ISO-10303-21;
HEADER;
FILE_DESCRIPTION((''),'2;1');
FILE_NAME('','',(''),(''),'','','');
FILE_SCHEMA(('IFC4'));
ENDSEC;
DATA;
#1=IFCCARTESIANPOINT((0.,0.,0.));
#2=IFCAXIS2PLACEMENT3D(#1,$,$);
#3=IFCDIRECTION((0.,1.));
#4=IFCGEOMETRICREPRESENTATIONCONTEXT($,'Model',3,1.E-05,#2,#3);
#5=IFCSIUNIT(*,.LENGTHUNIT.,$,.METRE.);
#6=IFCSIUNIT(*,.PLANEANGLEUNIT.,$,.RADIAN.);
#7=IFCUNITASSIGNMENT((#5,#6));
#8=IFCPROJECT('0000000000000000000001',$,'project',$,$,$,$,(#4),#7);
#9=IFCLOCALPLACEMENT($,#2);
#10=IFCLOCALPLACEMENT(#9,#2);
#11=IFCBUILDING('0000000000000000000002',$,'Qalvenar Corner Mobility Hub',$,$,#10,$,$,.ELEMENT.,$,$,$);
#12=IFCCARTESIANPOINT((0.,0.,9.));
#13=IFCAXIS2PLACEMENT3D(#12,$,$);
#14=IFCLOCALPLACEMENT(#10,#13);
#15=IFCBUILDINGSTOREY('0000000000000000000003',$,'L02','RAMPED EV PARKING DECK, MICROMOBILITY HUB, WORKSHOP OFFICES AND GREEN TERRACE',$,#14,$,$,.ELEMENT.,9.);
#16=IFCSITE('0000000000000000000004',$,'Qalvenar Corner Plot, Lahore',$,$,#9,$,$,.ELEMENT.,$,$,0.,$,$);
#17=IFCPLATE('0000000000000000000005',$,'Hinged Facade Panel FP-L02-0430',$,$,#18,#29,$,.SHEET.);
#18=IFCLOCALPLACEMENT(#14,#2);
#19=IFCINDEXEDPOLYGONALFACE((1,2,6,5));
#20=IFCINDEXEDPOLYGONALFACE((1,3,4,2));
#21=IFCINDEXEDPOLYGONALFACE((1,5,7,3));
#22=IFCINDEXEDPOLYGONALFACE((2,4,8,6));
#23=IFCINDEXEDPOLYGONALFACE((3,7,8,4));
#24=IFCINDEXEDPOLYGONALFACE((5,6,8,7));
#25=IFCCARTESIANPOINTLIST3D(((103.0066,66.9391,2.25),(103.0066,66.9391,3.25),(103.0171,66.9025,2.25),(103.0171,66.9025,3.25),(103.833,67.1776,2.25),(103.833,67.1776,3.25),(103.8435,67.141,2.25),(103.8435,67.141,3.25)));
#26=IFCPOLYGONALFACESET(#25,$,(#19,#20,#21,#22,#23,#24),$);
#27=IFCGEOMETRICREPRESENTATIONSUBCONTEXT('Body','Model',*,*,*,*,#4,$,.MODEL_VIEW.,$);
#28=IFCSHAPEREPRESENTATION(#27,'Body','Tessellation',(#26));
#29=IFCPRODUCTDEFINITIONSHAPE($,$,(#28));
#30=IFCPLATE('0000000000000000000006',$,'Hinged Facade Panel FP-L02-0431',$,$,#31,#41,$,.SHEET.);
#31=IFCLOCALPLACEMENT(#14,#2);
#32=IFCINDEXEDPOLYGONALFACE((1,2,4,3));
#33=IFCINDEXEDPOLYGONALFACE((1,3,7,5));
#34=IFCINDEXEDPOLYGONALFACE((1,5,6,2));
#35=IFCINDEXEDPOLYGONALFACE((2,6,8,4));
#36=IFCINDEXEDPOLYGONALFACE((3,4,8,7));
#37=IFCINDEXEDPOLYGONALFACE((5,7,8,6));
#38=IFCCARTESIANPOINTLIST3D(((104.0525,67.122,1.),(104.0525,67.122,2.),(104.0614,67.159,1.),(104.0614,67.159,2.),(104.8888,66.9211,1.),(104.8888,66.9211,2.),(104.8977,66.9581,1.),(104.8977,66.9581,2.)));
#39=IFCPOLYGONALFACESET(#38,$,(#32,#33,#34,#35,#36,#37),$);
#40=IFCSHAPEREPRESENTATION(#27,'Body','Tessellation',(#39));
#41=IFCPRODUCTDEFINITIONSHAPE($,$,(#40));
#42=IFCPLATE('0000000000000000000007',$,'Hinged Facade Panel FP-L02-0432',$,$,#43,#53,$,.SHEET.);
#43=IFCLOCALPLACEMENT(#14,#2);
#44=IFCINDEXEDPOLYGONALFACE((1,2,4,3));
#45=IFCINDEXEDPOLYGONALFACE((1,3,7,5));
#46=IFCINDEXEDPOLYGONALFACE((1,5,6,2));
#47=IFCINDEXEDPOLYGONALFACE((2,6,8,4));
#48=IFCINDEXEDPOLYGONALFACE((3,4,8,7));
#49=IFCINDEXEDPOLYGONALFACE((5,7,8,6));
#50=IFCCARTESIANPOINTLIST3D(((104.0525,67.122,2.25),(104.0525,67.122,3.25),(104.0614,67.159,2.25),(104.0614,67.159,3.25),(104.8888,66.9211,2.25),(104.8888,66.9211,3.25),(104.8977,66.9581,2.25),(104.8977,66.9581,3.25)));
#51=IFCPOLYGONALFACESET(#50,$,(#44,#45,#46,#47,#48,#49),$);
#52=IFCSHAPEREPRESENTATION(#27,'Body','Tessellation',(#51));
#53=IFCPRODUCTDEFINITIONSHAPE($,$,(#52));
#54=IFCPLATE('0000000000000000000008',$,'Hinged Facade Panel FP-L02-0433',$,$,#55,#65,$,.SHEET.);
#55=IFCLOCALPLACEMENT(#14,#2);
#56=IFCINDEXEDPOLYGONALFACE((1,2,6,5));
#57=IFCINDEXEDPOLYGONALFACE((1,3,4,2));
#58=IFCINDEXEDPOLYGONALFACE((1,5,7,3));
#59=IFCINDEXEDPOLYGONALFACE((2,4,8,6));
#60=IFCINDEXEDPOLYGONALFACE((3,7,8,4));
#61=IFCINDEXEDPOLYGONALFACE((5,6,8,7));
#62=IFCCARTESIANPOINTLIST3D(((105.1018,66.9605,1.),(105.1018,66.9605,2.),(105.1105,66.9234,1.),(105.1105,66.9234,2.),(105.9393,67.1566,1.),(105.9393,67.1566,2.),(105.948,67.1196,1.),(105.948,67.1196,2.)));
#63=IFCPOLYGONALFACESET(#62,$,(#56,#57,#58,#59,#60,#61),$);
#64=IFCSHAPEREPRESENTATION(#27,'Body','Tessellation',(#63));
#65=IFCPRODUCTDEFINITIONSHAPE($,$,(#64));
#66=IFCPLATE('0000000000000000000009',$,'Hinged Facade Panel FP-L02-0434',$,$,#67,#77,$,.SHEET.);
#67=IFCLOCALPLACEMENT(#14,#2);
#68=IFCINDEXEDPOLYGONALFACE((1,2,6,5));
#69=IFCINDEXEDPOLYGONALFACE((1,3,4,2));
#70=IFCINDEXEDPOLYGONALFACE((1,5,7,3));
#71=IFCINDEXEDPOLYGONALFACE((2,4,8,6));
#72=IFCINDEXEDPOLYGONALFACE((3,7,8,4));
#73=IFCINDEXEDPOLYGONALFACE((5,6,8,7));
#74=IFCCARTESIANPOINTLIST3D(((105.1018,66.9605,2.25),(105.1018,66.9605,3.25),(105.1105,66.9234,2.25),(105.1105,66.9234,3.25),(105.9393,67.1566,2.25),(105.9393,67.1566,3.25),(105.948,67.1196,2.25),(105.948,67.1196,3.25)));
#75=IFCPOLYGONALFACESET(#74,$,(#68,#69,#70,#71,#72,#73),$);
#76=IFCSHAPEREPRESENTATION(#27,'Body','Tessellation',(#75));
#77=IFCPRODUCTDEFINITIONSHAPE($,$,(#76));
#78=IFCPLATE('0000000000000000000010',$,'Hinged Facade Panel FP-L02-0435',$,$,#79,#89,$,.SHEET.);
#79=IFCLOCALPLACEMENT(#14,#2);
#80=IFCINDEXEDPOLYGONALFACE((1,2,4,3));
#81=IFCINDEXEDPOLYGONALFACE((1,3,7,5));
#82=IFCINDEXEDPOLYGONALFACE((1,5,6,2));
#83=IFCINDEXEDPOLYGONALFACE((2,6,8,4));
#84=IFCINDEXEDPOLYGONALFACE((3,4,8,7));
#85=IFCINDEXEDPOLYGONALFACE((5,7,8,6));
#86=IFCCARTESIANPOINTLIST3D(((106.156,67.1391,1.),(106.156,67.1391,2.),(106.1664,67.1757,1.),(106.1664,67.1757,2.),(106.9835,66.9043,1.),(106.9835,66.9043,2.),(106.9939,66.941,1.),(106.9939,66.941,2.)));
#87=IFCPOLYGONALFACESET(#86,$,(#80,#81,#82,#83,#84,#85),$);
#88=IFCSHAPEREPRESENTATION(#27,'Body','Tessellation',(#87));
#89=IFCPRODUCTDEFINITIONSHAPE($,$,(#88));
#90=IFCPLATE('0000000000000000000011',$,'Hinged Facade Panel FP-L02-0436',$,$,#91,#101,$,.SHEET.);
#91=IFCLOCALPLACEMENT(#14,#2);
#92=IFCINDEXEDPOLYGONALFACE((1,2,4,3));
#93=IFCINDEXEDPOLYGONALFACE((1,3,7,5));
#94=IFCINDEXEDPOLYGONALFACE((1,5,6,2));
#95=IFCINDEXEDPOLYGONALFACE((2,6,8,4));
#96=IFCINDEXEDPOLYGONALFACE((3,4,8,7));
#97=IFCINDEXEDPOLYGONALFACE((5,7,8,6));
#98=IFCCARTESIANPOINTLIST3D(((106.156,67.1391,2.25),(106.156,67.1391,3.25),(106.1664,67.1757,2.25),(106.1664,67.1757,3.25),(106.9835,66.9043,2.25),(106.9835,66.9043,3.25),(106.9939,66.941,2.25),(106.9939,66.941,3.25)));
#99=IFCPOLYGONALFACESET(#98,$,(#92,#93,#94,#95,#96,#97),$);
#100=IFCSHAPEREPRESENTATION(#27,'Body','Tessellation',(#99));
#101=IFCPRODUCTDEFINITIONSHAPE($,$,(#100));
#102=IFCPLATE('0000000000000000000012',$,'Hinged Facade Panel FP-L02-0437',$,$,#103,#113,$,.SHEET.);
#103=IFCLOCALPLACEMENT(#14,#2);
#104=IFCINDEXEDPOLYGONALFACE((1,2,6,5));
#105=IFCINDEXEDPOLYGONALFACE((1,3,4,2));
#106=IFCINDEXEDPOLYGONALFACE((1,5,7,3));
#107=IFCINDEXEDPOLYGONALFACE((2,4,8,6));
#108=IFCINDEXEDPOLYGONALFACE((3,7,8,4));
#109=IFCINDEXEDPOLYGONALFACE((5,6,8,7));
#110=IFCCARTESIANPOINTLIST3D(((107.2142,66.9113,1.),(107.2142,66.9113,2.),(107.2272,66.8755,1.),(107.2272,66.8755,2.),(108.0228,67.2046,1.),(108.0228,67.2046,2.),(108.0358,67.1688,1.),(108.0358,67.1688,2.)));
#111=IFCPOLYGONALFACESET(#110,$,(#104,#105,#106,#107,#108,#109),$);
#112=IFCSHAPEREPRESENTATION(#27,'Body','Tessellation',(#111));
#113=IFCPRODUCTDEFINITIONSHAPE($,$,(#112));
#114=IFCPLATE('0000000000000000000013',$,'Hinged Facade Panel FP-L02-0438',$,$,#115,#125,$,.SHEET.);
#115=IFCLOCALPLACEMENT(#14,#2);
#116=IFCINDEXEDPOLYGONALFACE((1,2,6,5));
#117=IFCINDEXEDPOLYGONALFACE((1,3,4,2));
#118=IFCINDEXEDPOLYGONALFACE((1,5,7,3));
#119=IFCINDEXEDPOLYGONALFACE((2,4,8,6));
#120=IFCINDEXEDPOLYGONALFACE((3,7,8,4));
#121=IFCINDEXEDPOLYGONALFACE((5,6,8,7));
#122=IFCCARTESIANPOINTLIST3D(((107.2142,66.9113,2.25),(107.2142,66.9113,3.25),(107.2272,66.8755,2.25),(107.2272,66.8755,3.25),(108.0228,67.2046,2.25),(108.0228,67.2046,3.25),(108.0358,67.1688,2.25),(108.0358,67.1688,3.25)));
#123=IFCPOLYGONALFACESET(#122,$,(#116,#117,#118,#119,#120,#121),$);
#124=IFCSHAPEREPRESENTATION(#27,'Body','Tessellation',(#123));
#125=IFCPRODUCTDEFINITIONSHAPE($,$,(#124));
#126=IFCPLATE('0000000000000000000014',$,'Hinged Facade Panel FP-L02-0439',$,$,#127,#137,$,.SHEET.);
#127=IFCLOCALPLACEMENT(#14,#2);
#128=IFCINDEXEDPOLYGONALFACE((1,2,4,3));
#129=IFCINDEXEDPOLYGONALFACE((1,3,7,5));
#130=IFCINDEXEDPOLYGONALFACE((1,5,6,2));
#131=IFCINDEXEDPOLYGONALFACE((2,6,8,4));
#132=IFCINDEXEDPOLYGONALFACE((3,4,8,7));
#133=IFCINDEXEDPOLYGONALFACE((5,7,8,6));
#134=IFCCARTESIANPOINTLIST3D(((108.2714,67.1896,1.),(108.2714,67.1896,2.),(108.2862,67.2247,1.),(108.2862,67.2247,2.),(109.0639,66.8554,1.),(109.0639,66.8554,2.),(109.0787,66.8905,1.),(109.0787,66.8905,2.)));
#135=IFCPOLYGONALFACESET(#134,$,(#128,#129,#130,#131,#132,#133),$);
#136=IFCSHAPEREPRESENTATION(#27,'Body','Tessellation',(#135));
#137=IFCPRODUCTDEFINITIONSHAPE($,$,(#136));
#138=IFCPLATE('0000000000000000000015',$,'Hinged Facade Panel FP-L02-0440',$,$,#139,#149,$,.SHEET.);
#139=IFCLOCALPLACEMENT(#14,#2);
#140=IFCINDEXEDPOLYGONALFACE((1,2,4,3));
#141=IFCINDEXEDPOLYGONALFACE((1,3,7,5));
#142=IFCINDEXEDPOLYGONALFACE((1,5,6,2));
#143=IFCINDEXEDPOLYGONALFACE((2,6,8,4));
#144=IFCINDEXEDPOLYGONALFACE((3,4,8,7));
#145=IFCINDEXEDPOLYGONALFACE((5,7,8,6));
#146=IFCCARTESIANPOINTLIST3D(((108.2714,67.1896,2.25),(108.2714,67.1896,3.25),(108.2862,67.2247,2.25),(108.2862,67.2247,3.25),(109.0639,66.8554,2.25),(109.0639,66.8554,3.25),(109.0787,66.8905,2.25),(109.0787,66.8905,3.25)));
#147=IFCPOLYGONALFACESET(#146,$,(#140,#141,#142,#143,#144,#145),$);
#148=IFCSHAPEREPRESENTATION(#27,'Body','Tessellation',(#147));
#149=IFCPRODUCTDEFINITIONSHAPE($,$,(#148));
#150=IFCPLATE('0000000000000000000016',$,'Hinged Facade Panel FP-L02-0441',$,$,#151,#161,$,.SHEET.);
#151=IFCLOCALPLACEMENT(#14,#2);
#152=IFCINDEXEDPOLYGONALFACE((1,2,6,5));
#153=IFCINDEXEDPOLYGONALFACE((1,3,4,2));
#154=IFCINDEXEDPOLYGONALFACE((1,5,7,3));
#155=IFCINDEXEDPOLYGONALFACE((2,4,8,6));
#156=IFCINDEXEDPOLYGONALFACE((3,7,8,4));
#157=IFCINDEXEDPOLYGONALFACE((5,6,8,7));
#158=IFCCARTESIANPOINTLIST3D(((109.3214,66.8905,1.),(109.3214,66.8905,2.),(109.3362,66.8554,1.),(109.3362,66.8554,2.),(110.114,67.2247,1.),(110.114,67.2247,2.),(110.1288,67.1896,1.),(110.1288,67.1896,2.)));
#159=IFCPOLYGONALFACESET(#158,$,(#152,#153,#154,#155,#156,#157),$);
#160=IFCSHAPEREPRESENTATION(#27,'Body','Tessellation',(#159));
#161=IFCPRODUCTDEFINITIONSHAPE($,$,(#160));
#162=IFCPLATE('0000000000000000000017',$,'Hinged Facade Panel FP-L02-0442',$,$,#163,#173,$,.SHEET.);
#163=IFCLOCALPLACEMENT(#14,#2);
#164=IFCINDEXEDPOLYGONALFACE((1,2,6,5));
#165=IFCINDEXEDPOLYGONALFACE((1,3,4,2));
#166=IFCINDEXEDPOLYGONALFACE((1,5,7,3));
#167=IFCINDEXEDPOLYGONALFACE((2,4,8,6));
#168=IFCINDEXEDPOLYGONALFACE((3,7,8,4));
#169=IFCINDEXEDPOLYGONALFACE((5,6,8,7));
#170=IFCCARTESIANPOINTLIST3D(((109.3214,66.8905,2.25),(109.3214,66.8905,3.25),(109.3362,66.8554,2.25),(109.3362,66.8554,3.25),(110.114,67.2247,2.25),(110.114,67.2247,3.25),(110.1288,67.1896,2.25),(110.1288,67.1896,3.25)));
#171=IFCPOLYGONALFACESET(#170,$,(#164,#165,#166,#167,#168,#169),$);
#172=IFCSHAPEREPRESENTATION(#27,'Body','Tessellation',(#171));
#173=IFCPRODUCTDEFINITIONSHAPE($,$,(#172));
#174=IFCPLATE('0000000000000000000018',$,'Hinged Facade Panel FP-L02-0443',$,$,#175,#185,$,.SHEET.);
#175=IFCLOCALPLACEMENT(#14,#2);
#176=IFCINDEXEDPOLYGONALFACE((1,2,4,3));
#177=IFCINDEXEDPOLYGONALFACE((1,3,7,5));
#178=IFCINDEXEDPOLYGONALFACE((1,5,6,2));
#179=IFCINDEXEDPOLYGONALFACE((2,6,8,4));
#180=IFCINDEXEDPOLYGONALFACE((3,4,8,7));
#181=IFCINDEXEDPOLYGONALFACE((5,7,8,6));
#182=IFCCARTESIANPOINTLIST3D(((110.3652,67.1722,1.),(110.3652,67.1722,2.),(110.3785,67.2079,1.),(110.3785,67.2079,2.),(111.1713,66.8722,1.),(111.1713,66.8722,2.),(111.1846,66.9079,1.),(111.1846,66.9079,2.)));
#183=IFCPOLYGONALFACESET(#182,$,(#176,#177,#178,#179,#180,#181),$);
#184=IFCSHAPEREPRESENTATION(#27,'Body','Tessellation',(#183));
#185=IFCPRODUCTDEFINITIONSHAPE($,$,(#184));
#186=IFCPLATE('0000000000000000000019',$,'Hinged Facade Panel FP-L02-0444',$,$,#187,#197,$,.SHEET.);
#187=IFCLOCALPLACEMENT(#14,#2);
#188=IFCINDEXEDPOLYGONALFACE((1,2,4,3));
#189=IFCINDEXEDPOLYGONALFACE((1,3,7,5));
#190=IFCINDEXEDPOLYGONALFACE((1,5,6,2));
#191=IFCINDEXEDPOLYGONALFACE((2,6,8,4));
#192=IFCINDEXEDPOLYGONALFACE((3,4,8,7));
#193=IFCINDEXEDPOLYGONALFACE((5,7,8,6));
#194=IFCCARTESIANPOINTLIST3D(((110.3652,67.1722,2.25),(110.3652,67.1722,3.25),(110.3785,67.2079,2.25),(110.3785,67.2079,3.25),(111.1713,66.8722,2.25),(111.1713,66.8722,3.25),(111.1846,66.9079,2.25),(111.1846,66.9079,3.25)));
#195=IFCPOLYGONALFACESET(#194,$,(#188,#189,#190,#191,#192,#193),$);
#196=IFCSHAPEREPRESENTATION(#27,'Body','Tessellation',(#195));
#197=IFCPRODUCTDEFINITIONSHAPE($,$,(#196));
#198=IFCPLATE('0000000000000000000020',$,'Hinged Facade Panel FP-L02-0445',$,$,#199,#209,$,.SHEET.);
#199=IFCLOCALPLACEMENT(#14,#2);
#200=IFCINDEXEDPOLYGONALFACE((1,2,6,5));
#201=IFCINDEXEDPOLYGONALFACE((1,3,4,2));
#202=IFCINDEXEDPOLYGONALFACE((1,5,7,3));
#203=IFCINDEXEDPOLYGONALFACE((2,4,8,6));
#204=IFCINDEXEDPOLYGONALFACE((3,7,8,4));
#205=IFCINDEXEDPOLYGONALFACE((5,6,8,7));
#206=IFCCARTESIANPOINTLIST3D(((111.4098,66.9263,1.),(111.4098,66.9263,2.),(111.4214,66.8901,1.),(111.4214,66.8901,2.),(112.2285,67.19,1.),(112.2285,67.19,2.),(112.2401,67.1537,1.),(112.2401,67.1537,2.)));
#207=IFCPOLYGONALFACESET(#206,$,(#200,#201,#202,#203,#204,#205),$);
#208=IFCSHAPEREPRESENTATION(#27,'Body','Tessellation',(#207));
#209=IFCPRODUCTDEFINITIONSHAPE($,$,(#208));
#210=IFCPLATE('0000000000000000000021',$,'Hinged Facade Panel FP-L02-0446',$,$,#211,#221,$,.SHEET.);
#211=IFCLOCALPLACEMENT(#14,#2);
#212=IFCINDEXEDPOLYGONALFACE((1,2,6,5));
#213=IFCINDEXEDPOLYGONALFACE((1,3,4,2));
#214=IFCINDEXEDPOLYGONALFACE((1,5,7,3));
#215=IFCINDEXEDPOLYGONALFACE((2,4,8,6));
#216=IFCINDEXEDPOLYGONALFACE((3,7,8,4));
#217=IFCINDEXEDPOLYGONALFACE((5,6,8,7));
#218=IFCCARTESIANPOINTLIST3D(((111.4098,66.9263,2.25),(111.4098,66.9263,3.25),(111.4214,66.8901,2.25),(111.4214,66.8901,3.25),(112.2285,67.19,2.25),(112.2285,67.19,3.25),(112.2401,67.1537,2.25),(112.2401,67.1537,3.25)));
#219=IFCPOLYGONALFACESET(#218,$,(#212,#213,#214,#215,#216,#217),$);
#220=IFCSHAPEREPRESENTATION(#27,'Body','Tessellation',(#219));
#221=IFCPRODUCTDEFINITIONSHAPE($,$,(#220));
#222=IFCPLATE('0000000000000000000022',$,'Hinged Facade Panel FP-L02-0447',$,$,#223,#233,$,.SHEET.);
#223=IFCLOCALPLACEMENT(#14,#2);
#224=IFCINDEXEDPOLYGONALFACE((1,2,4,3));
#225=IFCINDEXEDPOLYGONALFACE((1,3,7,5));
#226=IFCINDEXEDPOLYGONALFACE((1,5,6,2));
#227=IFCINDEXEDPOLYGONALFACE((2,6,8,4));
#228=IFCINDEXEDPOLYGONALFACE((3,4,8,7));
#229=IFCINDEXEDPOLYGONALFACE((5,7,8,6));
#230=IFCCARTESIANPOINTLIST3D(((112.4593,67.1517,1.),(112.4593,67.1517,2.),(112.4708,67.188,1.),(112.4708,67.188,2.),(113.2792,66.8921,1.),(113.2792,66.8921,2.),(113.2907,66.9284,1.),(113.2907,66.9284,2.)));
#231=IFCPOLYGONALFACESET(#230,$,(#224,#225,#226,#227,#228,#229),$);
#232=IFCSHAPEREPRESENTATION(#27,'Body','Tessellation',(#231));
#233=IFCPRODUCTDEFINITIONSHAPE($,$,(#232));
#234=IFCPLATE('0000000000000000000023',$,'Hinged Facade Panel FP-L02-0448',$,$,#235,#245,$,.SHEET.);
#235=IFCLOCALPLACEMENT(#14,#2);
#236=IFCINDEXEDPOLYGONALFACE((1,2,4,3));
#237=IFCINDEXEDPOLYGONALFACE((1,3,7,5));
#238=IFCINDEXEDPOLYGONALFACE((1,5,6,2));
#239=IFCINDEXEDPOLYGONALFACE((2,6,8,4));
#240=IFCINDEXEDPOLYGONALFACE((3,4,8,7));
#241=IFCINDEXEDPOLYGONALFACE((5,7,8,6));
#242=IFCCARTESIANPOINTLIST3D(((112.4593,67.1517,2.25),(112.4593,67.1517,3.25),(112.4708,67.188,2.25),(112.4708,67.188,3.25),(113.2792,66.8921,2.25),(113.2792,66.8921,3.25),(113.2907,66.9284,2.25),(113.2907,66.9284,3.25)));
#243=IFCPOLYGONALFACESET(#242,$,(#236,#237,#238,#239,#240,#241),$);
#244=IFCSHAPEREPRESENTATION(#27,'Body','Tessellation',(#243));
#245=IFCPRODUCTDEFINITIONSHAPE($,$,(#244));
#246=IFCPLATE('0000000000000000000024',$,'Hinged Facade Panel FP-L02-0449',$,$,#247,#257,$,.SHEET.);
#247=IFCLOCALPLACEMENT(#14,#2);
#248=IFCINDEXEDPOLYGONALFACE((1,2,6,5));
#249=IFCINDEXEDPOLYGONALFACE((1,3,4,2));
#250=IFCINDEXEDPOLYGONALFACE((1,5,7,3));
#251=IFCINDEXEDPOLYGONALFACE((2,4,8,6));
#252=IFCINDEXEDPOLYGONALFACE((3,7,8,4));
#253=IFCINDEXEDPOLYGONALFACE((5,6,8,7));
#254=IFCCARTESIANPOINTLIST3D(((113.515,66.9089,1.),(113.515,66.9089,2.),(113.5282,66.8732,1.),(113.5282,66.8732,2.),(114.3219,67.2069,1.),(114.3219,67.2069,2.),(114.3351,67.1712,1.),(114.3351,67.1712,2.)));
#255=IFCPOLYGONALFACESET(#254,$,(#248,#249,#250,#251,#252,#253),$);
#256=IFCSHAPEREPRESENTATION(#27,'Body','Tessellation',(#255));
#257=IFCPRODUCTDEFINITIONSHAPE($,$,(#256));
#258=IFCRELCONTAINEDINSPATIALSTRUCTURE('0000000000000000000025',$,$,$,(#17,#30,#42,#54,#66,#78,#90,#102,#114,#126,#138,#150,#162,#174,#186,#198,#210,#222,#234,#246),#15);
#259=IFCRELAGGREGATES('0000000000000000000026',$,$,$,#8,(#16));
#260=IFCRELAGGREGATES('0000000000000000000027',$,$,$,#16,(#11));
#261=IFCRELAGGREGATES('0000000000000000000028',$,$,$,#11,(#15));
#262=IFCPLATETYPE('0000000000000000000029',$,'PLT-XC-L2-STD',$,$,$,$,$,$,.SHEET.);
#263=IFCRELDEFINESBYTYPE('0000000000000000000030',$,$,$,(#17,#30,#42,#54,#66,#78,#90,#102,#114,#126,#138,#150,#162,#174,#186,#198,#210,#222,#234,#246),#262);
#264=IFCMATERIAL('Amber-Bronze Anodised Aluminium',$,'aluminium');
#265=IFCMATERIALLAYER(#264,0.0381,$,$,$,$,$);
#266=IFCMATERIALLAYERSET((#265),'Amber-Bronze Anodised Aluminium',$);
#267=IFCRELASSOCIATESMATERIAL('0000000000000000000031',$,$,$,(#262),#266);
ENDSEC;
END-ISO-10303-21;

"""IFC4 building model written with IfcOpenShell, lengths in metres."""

from ifc_helpers import new_model, si_unit, direction, frame, origin, origin_2d, place, context, subcontext, project, spatial, rectangle, extrude, material, layer, layer_set, type_object, element, save


model = new_model("IFC4")

# Units and contexts
model_context = context("Model", 3, precision=1e-05, world=origin(), true_north=direction((0.0, 1.0)))
body_context = subcontext(model_context, "Body", "Model", "MODEL_VIEW")
ifc_project = project(units=[si_unit("LENGTHUNIT", "METRE"), si_unit("PLANEANGLEUNIT", "RADIAN")], contexts=[model_context])

# Site, building, storey
site_placement = place(None, origin())
site = spatial("IfcSite", under=ifc_project, at=site_placement, Name="Qalvenar Corner Plot, Lahore", CompositionType="ELEMENT", RefElevation=0.0)
building_placement = place(site_placement, origin())
building = spatial("IfcBuilding", under=site, at=building_placement, Name="Qalvenar Corner Mobility Hub", CompositionType="ELEMENT")
storey_placement = place(building_placement, frame((0.0, 0.0, 9.0)))
storey = spatial("IfcBuildingStorey", under=building, at=storey_placement, Name="L02", Description="RAMPED EV PARKING DECK, MICROMOBILITY HUB, WORKSHOP OFFICES AND GREEN TERRACE", CompositionType="ELEMENT", Elevation=9.0)

# Plates
ifc_material_1 = material(Name="Amber-Bronze Anodised Aluminium", Category="aluminium")
ifc_layer = layer(ifc_material_1, 0.0381)
ifc_layer_set = layer_set([ifc_layer], Name="Amber-Bronze Anodised Aluminium")
plate_type = type_object("IfcPlateType", Name="PLT-XC-L2-STD", PredefinedType="SHEET", material=ifc_layer_set)
for number, where, z_axis, x_axis, name in (
    (1, (103.425, 67.04, 2.25), (0.0, 0.0, 1.0), (0.960779, 0.277315, 0.0), "Hinged Facade Panel FP-L02-0430"),
    (2, (104.4751, 67.04, 1.0), (0.0, 0.0, 1.0), (0.972329, -0.233615, 0.0), "Hinged Facade Panel FP-L02-0431"),
    (3, (104.4751, 67.04, 2.25), (0.0, 0.0, 1.0), (0.972329, -0.233615, 0.0), "Hinged Facade Panel FP-L02-0432"),
    (4, (105.5249, 67.04, 1.0), (0.0, 0.0, 1.0), (0.973659, 0.228011, 0.0), "Hinged Facade Panel FP-L02-0433"),
    (5, (105.5249, 67.04, 2.25), (0.0, 0.0, 1.0), (0.973659, 0.228011, 0.0), "Hinged Facade Panel FP-L02-0434"),
    (6, (106.575, 67.04, 1.0), (0.0, 0.0, 1.0), (0.962028, -0.272952, 0.0), "Hinged Facade Panel FP-L02-0435"),
    (7, (106.575, 67.04, 2.25), (0.0, 0.0, 1.0), (0.962028, -0.272952, 0.0), "Hinged Facade Panel FP-L02-0436"),
    (8, (107.625, 67.04, 1.0), (0.0, 0.0, 1.0), (0.94005, 0.341036, 0.0), "Hinged Facade Panel FP-L02-0437"),
    (9, (107.625, 67.04, 2.25), (0.0, 0.0, 1.0), (0.94005, 0.341036, 0.0), "Hinged Facade Panel FP-L02-0438"),
    (10, (108.675, 67.04, 1.0), (0.0, 0.0, 1.0), (0.921457, -0.388481, 0.0), "Hinged Facade Panel FP-L02-0439"),
    (11, (108.675, 67.04, 2.25), (0.0, 0.0, 1.0), (0.921457, -0.388481, 0.0), "Hinged Facade Panel FP-L02-0440"),
    (12, (109.7251, 67.04, 1.0), (0.0, 0.0, 1.0), (0.921457, 0.388481, 0.0), "Hinged Facade Panel FP-L02-0441"),
    (13, (109.7251, 67.04, 2.25), (0.0, 0.0, 1.0), (0.921457, 0.388481, 0.0), "Hinged Facade Panel FP-L02-0442"),
    (14, (110.7749, 67.04, 1.0), (0.0, 0.0, 1.0), (0.937221, -0.348736, 0.0), "Hinged Facade Panel FP-L02-0443"),
    (15, (110.7749, 67.04, 2.25), (0.0, 0.0, 1.0), (0.937221, -0.348736, 0.0), "Hinged Facade Panel FP-L02-0444"),
    (16, (111.825, 67.04, 1.0), (0.0, 0.0, 1.0), (0.951862, 0.306526, 0.0), "Hinged Facade Panel FP-L02-0445"),
    (17, (111.825, 67.04, 2.25), (0.0, 0.0, 1.0), (0.951862, 0.306526, 0.0), "Hinged Facade Panel FP-L02-0446"),
    (18, (112.875, 67.04, 1.0), (0.0, 0.0, 1.0), (0.953349, -0.301871, 0.0), "Hinged Facade Panel FP-L02-0447"),
    (19, (112.875, 67.04, 2.25), (0.0, 0.0, 1.0), (0.953349, -0.301871, 0.0), "Hinged Facade Panel FP-L02-0448"),
    (20, (113.925, 67.04, 1.0), (0.0, 0.0, 1.0), (0.93807, 0.346445, 0.0), "Hinged Facade Panel FP-L02-0449"),
):
    element("IfcPlate", number, at=place(storey_placement, frame(where, z_axis=z_axis, x_axis=x_axis)), inside=storey, type_object=plate_type, Name=name, PredefinedType="SHEET", context=body_context, shape_type="SweptSolid", body=[
        extrude(rectangle(XDim=0.8601, YDim=0.0381, at=origin_2d()), origin(), (0.0, 0.0, 1.0), 1.0),
    ])

save(model, "model.ifc")
